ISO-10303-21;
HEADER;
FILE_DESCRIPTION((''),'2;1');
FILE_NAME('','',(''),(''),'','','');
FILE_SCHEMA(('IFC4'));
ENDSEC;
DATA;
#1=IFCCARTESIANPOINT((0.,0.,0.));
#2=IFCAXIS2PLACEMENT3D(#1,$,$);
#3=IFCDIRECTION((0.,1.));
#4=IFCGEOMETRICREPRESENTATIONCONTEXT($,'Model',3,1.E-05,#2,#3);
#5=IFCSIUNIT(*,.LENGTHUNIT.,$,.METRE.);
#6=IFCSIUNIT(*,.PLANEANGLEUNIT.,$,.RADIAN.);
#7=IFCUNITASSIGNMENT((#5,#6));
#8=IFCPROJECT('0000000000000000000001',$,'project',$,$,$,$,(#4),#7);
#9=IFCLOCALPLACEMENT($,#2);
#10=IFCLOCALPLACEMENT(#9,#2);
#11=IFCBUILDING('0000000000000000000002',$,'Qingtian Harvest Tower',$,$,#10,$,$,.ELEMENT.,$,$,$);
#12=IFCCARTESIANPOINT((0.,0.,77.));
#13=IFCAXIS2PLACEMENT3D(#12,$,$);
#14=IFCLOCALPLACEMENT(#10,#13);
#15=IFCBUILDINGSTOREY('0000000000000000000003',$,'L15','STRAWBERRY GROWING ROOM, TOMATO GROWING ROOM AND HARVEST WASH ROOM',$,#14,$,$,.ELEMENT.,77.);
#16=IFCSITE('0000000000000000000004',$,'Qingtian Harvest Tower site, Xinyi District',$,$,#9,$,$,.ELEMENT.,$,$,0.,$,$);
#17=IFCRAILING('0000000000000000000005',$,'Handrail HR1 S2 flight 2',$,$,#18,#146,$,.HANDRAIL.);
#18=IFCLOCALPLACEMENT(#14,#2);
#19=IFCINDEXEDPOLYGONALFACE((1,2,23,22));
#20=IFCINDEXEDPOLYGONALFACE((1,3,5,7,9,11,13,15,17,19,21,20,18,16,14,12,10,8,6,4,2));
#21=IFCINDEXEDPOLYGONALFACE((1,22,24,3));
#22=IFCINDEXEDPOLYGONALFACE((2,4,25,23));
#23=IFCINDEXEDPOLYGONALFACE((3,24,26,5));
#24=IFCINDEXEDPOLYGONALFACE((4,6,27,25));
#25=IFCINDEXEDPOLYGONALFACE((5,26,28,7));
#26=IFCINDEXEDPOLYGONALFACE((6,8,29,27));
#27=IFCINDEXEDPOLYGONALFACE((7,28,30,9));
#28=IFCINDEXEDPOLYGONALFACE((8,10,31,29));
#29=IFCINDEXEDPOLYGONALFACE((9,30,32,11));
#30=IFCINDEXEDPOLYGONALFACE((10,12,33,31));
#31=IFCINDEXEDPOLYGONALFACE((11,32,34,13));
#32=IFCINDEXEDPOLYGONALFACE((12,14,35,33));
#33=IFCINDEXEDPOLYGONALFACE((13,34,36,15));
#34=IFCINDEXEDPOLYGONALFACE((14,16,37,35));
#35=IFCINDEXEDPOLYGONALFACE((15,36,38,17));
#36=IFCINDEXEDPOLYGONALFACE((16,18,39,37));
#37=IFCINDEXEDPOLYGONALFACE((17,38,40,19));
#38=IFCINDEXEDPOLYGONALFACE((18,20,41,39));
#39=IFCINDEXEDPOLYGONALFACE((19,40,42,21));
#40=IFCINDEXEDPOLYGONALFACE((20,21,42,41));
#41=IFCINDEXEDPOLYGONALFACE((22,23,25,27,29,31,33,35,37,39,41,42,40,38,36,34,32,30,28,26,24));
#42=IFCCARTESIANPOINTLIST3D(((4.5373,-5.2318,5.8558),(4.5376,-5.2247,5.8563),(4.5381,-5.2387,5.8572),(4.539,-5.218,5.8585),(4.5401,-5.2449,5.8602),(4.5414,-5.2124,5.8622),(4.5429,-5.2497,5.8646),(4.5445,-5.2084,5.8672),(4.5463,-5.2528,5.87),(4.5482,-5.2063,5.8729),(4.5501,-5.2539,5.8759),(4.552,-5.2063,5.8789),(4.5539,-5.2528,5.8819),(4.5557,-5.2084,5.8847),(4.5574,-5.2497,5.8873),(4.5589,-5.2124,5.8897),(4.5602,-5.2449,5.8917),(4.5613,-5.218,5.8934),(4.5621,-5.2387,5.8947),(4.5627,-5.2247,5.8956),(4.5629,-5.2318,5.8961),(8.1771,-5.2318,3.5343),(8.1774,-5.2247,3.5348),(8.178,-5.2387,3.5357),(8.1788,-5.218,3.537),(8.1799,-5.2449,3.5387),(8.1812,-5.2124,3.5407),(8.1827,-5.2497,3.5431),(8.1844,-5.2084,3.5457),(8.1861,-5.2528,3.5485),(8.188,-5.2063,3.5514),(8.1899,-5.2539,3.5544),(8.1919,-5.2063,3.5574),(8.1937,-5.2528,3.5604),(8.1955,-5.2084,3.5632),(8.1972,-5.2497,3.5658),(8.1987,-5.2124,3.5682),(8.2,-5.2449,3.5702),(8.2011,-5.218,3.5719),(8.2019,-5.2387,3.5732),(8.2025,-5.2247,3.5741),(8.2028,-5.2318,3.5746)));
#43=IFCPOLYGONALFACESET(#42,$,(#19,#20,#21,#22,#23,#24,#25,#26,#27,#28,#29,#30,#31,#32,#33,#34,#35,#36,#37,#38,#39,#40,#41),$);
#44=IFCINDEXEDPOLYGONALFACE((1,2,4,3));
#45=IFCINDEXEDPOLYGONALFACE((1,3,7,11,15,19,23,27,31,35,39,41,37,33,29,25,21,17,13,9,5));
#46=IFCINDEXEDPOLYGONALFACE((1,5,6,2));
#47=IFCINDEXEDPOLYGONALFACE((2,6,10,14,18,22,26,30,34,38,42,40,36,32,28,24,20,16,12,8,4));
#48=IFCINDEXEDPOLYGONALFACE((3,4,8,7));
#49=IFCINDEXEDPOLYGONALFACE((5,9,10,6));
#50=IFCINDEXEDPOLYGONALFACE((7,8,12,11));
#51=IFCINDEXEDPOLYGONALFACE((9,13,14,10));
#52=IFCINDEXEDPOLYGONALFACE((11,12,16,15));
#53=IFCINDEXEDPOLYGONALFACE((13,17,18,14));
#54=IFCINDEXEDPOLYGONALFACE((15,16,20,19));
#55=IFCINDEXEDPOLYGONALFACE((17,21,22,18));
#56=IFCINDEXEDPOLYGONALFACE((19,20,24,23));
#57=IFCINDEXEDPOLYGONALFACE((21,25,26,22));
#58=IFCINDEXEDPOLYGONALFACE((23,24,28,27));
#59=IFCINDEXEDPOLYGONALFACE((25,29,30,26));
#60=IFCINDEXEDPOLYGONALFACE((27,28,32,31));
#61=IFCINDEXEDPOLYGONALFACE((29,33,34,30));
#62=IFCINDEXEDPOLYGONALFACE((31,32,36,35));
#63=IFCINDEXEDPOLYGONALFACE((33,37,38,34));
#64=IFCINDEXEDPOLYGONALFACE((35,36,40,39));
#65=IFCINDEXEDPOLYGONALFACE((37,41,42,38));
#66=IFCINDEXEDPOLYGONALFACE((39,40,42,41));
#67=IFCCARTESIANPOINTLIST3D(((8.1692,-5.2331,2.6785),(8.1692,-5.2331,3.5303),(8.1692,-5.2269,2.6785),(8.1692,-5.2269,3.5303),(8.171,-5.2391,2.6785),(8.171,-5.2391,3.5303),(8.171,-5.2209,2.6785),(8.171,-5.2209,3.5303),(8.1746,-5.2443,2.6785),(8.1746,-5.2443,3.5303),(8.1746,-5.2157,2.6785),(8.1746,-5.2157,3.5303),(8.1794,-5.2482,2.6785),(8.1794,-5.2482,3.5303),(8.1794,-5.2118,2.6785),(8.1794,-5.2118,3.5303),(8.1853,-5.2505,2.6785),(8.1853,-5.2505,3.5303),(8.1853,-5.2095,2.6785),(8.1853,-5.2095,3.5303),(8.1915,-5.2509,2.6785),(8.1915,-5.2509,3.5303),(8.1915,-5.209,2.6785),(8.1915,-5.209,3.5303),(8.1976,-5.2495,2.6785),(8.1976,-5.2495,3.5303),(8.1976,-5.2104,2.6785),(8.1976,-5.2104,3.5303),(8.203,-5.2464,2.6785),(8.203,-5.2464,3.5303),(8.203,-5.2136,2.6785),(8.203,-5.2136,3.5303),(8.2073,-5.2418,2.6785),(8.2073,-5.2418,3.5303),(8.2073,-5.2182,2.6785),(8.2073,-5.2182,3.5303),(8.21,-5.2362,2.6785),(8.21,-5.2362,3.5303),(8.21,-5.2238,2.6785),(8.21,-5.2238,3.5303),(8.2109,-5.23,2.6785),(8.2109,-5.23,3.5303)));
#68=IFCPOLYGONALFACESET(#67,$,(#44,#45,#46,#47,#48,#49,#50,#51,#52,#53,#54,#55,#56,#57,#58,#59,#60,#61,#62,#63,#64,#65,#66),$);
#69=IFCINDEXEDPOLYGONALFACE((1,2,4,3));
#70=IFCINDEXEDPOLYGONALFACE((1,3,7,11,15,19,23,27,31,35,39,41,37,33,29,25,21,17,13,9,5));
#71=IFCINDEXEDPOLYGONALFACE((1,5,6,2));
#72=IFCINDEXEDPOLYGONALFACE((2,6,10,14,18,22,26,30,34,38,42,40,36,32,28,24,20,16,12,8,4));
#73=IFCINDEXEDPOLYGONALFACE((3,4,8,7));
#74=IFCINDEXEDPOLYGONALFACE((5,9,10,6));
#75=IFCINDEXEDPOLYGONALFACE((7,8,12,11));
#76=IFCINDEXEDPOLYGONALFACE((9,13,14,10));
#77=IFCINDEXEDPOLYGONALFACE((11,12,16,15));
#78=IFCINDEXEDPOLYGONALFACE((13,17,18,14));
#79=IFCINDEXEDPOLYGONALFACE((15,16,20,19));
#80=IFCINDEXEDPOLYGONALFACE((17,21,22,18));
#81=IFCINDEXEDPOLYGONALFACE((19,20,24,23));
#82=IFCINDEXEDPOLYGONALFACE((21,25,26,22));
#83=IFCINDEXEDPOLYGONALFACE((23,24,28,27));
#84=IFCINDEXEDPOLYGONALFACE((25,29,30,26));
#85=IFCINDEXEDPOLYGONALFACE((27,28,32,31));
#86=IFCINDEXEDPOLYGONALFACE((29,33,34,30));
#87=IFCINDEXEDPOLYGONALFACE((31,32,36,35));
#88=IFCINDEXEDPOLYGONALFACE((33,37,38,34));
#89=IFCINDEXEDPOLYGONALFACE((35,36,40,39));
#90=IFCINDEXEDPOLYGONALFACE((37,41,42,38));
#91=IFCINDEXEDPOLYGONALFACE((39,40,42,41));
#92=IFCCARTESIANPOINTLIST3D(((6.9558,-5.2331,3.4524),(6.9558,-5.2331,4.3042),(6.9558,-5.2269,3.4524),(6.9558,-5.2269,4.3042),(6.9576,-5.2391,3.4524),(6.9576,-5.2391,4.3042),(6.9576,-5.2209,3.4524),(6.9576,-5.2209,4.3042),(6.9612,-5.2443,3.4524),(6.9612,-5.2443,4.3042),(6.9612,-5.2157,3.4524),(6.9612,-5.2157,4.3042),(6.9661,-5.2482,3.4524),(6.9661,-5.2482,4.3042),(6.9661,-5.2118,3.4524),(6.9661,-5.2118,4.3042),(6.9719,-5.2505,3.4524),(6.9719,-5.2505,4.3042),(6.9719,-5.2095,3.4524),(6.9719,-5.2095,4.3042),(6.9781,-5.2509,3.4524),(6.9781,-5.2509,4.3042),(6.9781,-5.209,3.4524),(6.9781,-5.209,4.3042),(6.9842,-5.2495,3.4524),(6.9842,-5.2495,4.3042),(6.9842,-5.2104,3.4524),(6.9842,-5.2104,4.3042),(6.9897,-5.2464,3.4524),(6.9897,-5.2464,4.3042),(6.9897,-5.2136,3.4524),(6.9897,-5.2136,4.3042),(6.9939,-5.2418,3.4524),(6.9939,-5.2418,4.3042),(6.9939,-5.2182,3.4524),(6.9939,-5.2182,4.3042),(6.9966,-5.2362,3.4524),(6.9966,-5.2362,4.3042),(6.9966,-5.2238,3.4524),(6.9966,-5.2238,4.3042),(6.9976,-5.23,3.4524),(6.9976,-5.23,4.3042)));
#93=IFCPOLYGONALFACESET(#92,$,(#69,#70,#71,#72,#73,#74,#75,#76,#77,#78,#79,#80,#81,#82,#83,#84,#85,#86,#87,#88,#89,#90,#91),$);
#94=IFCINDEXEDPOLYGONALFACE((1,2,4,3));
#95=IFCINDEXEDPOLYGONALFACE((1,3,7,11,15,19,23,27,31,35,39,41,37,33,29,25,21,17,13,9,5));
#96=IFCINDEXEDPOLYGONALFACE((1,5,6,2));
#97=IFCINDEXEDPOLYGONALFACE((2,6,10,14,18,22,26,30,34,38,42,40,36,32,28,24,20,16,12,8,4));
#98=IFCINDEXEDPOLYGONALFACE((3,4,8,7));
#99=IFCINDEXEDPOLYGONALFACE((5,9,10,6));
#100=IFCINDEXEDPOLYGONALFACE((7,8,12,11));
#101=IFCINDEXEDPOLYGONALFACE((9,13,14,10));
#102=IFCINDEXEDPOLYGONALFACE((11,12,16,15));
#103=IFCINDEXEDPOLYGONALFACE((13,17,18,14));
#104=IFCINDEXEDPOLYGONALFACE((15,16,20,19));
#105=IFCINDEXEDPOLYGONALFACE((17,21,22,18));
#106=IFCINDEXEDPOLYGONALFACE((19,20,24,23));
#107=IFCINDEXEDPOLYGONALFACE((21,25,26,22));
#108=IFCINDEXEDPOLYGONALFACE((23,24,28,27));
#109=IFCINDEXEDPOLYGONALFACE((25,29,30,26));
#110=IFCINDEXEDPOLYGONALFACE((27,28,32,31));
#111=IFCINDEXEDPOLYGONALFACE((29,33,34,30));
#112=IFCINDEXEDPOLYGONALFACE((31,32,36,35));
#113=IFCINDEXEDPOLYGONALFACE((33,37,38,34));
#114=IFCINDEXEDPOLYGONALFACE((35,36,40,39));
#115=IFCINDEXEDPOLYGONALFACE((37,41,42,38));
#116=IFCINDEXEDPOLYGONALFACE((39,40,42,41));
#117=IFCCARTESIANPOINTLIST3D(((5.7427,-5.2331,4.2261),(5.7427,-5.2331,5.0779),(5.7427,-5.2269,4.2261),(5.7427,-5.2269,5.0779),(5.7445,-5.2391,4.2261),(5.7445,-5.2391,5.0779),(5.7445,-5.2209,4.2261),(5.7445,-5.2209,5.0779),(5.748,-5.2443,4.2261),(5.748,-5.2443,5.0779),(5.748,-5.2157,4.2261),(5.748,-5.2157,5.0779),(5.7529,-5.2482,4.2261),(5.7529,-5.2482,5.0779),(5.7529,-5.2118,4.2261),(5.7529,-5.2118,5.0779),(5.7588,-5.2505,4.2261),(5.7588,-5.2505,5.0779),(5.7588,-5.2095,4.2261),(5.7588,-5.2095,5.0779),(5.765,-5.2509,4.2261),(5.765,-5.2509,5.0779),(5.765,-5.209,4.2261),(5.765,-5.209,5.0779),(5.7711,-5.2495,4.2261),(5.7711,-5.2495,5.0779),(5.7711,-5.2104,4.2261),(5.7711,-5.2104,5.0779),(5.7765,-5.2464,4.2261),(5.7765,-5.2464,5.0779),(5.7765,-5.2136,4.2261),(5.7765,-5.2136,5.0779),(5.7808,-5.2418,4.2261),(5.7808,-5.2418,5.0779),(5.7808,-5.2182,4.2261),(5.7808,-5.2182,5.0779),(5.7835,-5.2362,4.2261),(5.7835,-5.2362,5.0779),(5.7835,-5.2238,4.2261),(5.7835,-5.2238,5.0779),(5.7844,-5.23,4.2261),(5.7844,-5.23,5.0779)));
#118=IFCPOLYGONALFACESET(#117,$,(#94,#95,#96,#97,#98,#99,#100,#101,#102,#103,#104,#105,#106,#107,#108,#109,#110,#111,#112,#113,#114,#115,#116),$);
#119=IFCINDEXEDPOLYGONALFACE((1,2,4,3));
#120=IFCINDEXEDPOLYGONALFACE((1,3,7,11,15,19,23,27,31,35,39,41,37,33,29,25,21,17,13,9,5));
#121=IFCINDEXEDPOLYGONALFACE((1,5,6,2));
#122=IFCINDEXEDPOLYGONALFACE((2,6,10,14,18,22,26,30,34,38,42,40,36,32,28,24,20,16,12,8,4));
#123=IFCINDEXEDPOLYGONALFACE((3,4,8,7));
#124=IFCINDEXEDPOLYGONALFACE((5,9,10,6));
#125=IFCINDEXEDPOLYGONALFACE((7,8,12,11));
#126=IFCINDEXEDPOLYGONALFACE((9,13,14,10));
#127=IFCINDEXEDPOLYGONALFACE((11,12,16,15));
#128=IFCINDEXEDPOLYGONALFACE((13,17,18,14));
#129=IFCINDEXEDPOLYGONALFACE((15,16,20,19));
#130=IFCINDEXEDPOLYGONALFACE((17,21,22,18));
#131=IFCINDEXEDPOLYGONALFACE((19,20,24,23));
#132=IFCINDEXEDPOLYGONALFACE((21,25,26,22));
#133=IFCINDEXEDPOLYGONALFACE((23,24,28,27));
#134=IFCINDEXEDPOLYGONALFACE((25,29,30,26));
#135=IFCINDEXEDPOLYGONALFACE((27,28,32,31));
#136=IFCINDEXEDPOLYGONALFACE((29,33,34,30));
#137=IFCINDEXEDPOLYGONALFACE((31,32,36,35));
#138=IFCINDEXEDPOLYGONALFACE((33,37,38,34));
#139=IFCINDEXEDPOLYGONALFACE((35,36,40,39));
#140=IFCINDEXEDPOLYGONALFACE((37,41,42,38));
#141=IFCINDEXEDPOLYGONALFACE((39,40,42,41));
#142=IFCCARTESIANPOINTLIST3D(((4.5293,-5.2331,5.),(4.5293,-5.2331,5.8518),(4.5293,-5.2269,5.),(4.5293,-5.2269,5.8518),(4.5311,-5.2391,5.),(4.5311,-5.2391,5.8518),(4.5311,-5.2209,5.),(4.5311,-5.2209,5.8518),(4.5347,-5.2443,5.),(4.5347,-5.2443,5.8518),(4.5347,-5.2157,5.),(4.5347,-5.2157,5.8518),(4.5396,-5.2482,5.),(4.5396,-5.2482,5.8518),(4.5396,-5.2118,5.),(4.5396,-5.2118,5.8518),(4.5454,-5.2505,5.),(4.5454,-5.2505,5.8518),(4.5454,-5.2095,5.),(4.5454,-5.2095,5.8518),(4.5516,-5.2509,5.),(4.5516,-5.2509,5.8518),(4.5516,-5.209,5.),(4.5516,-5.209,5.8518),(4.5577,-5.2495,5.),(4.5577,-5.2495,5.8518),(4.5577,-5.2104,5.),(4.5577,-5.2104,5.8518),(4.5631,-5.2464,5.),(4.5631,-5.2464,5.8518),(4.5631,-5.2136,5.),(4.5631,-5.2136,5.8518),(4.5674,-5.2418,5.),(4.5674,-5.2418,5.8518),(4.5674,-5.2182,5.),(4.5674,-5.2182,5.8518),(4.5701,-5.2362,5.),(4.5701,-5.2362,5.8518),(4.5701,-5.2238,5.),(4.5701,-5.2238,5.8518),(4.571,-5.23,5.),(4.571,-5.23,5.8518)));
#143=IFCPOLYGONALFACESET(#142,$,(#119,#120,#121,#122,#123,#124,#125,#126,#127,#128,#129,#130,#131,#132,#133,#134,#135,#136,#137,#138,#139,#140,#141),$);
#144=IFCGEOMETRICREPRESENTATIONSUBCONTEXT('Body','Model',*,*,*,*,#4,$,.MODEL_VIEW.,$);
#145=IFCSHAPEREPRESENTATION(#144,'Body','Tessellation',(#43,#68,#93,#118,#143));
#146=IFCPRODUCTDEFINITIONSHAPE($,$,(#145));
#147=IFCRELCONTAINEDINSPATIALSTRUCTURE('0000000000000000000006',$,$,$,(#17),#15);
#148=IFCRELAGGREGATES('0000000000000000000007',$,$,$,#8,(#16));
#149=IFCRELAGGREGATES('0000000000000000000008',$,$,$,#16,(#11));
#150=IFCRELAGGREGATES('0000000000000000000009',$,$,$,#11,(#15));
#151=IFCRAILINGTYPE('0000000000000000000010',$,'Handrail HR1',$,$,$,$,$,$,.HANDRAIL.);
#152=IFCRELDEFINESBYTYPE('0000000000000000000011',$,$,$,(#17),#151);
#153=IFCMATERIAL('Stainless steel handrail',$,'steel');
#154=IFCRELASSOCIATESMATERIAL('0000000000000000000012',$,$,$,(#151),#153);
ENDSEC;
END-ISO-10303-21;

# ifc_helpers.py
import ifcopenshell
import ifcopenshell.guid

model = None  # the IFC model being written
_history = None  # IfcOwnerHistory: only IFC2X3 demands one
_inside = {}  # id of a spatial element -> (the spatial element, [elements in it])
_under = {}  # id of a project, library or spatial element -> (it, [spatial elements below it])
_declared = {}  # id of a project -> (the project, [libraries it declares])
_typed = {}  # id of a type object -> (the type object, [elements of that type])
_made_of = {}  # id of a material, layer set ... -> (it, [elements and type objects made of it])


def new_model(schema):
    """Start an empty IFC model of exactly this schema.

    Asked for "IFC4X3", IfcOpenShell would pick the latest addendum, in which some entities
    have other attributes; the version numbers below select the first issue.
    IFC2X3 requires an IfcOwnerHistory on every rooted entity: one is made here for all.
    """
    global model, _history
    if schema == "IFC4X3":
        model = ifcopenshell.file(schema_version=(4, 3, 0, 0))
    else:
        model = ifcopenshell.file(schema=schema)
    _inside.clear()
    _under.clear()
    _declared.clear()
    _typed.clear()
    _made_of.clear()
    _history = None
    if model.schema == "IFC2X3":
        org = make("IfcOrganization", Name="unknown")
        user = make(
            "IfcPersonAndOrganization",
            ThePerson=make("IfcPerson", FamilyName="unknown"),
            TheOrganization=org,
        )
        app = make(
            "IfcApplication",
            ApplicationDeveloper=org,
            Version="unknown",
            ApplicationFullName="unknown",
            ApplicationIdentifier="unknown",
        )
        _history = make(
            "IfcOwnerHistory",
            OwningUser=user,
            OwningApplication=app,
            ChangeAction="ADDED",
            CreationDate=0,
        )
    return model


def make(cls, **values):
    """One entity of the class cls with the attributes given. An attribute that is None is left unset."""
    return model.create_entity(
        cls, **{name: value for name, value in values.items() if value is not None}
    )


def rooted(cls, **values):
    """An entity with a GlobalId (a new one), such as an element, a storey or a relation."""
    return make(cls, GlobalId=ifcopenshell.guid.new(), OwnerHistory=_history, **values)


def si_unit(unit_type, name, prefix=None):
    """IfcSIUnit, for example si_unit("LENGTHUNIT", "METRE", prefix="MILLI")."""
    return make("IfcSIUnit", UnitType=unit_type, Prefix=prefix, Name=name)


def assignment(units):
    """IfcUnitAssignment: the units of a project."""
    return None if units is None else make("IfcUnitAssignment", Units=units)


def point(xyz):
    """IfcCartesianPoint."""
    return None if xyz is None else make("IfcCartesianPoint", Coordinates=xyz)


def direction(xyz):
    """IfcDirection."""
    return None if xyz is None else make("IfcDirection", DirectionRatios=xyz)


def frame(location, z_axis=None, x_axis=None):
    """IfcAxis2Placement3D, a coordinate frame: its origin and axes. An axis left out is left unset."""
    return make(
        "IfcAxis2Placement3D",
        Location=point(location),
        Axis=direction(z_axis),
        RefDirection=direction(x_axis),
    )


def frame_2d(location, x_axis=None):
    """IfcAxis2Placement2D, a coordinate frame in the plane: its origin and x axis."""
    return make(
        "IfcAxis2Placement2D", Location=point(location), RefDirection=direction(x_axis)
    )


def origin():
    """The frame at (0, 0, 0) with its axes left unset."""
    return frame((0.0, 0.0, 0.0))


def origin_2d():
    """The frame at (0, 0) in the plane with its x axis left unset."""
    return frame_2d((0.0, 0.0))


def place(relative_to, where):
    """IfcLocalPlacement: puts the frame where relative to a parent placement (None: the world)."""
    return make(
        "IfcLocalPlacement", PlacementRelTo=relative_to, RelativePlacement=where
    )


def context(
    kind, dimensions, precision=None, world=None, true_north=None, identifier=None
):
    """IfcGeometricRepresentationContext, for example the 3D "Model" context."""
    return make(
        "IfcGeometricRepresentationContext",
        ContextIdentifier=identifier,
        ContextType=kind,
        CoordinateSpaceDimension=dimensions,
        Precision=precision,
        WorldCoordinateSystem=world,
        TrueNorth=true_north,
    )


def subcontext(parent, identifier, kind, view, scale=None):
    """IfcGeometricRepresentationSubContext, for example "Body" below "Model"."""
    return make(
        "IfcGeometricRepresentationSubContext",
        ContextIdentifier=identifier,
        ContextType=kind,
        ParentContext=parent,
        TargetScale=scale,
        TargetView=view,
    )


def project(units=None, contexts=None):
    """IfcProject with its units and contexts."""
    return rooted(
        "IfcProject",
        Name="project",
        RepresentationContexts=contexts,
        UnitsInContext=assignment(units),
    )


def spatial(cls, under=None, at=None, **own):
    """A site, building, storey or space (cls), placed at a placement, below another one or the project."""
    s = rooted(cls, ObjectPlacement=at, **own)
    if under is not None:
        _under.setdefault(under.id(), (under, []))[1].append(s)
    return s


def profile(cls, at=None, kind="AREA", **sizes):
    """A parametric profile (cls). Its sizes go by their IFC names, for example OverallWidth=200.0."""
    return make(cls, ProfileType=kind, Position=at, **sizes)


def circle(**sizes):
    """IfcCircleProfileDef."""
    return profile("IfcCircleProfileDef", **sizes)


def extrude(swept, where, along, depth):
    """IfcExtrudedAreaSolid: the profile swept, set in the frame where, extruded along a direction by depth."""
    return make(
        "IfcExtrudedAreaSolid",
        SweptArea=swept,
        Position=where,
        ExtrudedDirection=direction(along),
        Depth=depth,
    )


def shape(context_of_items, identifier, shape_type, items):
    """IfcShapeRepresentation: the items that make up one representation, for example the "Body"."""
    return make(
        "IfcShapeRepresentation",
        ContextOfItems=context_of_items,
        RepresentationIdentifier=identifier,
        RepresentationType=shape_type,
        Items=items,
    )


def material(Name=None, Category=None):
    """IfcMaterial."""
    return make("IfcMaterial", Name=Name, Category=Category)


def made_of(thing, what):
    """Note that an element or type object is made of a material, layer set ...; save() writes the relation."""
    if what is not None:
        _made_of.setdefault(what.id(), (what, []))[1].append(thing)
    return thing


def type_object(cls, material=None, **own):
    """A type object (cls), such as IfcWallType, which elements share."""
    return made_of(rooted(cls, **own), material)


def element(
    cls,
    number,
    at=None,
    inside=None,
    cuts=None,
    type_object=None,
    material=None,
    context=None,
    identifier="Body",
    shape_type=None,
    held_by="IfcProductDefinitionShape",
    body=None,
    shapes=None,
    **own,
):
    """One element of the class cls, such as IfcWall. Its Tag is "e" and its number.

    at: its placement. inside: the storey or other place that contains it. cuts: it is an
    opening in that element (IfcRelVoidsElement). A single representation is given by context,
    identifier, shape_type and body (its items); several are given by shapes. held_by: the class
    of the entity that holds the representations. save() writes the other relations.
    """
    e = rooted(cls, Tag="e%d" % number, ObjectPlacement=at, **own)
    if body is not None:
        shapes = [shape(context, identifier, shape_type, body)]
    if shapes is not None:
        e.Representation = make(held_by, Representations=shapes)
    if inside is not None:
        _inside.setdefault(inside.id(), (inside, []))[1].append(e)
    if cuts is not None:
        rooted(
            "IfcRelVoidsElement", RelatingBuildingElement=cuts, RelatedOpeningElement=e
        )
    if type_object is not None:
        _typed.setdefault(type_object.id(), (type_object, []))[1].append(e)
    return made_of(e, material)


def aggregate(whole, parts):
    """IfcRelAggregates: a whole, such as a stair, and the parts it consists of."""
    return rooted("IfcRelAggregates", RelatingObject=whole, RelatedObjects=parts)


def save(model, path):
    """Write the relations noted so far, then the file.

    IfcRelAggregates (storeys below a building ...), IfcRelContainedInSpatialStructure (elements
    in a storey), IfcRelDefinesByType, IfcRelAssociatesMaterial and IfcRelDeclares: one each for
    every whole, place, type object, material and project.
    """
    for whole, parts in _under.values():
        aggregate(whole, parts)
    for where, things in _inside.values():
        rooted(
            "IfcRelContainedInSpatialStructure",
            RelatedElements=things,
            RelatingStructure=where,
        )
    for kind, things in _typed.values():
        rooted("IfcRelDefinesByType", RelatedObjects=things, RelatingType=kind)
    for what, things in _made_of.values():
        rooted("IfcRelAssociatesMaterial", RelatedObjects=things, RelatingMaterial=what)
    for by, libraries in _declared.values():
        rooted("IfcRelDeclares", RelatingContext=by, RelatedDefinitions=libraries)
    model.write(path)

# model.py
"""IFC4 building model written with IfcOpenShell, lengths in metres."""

from ifc_helpers import new_model, si_unit, direction, frame, origin, origin_2d, place, context, subcontext, project, spatial, circle, extrude, material, type_object, element, save


model = new_model("IFC4")

# Units and contexts
model_context = context("Model", 3, precision=1e-05, world=origin(), true_north=direction((0.0, 1.0)))
body_context = subcontext(model_context, "Body", "Model", "MODEL_VIEW")
ifc_project = project(units=[si_unit("LENGTHUNIT", "METRE"), si_unit("PLANEANGLEUNIT", "RADIAN")], contexts=[model_context])

# Site, building, storey
site_placement = place(None, origin())
site = spatial("IfcSite", under=ifc_project, at=site_placement, Name="Qingtian Harvest Tower site, Xinyi District", CompositionType="ELEMENT", RefElevation=0.0)
building_placement = place(site_placement, origin())
building = spatial("IfcBuilding", under=site, at=building_placement, Name="Qingtian Harvest Tower", CompositionType="ELEMENT")
storey_placement = place(building_placement, frame((0.0, 0.0, 77.0)))
storey = spatial("IfcBuildingStorey", under=building, at=storey_placement, Name="L15", Description="STRAWBERRY GROWING ROOM, TOMATO GROWING ROOM AND HARVEST WASH ROOM", CompositionType="ELEMENT", Elevation=77.0)

# Railing
ifc_material_1 = material(Name="Stainless steel handrail", Category="steel")
railing_type = type_object("IfcRailingType", Name="Handrail HR1", PredefinedType="HANDRAIL", material=ifc_material_1)
railing_1_placement = place(storey_placement, frame((8.1899, -5.23, 2.6785)))
element("IfcRailing", 1, at=railing_1_placement, inside=storey, type_object=railing_type, Name="Handrail HR1 S2 flight 2", PredefinedType="HANDRAIL", context=body_context, shape_type="SweptSolid", body=[
    extrude(circle(Radius=0.0239, at=origin_2d()), frame((0.0, 0.0, 0.876), z_axis=(-0.843112, 0.0, 0.537739), x_axis=(0.0, -1.0, 0.0)), (0.0, 0.0, 1.0), 4.3171),
    extrude(circle(Radius=0.021, at=origin_2d()), origin(), (0.0, 0.0, 1.0), 0.8518),
    extrude(circle(Radius=0.021, at=origin_2d()), frame((-1.2134, 0.0, 0.7739)), (0.0, 0.0, 1.0), 0.8518),
    extrude(circle(Radius=0.021, at=origin_2d()), frame((-2.4265, 0.0, 1.5476)), (0.0, 0.0, 1.0), 0.8518),
    extrude(circle(Radius=0.021, at=origin_2d()), frame((-3.6399, 0.0, 2.3215)), (0.0, 0.0, 1.0), 0.8518),
])

save(model, "model.ifc")
